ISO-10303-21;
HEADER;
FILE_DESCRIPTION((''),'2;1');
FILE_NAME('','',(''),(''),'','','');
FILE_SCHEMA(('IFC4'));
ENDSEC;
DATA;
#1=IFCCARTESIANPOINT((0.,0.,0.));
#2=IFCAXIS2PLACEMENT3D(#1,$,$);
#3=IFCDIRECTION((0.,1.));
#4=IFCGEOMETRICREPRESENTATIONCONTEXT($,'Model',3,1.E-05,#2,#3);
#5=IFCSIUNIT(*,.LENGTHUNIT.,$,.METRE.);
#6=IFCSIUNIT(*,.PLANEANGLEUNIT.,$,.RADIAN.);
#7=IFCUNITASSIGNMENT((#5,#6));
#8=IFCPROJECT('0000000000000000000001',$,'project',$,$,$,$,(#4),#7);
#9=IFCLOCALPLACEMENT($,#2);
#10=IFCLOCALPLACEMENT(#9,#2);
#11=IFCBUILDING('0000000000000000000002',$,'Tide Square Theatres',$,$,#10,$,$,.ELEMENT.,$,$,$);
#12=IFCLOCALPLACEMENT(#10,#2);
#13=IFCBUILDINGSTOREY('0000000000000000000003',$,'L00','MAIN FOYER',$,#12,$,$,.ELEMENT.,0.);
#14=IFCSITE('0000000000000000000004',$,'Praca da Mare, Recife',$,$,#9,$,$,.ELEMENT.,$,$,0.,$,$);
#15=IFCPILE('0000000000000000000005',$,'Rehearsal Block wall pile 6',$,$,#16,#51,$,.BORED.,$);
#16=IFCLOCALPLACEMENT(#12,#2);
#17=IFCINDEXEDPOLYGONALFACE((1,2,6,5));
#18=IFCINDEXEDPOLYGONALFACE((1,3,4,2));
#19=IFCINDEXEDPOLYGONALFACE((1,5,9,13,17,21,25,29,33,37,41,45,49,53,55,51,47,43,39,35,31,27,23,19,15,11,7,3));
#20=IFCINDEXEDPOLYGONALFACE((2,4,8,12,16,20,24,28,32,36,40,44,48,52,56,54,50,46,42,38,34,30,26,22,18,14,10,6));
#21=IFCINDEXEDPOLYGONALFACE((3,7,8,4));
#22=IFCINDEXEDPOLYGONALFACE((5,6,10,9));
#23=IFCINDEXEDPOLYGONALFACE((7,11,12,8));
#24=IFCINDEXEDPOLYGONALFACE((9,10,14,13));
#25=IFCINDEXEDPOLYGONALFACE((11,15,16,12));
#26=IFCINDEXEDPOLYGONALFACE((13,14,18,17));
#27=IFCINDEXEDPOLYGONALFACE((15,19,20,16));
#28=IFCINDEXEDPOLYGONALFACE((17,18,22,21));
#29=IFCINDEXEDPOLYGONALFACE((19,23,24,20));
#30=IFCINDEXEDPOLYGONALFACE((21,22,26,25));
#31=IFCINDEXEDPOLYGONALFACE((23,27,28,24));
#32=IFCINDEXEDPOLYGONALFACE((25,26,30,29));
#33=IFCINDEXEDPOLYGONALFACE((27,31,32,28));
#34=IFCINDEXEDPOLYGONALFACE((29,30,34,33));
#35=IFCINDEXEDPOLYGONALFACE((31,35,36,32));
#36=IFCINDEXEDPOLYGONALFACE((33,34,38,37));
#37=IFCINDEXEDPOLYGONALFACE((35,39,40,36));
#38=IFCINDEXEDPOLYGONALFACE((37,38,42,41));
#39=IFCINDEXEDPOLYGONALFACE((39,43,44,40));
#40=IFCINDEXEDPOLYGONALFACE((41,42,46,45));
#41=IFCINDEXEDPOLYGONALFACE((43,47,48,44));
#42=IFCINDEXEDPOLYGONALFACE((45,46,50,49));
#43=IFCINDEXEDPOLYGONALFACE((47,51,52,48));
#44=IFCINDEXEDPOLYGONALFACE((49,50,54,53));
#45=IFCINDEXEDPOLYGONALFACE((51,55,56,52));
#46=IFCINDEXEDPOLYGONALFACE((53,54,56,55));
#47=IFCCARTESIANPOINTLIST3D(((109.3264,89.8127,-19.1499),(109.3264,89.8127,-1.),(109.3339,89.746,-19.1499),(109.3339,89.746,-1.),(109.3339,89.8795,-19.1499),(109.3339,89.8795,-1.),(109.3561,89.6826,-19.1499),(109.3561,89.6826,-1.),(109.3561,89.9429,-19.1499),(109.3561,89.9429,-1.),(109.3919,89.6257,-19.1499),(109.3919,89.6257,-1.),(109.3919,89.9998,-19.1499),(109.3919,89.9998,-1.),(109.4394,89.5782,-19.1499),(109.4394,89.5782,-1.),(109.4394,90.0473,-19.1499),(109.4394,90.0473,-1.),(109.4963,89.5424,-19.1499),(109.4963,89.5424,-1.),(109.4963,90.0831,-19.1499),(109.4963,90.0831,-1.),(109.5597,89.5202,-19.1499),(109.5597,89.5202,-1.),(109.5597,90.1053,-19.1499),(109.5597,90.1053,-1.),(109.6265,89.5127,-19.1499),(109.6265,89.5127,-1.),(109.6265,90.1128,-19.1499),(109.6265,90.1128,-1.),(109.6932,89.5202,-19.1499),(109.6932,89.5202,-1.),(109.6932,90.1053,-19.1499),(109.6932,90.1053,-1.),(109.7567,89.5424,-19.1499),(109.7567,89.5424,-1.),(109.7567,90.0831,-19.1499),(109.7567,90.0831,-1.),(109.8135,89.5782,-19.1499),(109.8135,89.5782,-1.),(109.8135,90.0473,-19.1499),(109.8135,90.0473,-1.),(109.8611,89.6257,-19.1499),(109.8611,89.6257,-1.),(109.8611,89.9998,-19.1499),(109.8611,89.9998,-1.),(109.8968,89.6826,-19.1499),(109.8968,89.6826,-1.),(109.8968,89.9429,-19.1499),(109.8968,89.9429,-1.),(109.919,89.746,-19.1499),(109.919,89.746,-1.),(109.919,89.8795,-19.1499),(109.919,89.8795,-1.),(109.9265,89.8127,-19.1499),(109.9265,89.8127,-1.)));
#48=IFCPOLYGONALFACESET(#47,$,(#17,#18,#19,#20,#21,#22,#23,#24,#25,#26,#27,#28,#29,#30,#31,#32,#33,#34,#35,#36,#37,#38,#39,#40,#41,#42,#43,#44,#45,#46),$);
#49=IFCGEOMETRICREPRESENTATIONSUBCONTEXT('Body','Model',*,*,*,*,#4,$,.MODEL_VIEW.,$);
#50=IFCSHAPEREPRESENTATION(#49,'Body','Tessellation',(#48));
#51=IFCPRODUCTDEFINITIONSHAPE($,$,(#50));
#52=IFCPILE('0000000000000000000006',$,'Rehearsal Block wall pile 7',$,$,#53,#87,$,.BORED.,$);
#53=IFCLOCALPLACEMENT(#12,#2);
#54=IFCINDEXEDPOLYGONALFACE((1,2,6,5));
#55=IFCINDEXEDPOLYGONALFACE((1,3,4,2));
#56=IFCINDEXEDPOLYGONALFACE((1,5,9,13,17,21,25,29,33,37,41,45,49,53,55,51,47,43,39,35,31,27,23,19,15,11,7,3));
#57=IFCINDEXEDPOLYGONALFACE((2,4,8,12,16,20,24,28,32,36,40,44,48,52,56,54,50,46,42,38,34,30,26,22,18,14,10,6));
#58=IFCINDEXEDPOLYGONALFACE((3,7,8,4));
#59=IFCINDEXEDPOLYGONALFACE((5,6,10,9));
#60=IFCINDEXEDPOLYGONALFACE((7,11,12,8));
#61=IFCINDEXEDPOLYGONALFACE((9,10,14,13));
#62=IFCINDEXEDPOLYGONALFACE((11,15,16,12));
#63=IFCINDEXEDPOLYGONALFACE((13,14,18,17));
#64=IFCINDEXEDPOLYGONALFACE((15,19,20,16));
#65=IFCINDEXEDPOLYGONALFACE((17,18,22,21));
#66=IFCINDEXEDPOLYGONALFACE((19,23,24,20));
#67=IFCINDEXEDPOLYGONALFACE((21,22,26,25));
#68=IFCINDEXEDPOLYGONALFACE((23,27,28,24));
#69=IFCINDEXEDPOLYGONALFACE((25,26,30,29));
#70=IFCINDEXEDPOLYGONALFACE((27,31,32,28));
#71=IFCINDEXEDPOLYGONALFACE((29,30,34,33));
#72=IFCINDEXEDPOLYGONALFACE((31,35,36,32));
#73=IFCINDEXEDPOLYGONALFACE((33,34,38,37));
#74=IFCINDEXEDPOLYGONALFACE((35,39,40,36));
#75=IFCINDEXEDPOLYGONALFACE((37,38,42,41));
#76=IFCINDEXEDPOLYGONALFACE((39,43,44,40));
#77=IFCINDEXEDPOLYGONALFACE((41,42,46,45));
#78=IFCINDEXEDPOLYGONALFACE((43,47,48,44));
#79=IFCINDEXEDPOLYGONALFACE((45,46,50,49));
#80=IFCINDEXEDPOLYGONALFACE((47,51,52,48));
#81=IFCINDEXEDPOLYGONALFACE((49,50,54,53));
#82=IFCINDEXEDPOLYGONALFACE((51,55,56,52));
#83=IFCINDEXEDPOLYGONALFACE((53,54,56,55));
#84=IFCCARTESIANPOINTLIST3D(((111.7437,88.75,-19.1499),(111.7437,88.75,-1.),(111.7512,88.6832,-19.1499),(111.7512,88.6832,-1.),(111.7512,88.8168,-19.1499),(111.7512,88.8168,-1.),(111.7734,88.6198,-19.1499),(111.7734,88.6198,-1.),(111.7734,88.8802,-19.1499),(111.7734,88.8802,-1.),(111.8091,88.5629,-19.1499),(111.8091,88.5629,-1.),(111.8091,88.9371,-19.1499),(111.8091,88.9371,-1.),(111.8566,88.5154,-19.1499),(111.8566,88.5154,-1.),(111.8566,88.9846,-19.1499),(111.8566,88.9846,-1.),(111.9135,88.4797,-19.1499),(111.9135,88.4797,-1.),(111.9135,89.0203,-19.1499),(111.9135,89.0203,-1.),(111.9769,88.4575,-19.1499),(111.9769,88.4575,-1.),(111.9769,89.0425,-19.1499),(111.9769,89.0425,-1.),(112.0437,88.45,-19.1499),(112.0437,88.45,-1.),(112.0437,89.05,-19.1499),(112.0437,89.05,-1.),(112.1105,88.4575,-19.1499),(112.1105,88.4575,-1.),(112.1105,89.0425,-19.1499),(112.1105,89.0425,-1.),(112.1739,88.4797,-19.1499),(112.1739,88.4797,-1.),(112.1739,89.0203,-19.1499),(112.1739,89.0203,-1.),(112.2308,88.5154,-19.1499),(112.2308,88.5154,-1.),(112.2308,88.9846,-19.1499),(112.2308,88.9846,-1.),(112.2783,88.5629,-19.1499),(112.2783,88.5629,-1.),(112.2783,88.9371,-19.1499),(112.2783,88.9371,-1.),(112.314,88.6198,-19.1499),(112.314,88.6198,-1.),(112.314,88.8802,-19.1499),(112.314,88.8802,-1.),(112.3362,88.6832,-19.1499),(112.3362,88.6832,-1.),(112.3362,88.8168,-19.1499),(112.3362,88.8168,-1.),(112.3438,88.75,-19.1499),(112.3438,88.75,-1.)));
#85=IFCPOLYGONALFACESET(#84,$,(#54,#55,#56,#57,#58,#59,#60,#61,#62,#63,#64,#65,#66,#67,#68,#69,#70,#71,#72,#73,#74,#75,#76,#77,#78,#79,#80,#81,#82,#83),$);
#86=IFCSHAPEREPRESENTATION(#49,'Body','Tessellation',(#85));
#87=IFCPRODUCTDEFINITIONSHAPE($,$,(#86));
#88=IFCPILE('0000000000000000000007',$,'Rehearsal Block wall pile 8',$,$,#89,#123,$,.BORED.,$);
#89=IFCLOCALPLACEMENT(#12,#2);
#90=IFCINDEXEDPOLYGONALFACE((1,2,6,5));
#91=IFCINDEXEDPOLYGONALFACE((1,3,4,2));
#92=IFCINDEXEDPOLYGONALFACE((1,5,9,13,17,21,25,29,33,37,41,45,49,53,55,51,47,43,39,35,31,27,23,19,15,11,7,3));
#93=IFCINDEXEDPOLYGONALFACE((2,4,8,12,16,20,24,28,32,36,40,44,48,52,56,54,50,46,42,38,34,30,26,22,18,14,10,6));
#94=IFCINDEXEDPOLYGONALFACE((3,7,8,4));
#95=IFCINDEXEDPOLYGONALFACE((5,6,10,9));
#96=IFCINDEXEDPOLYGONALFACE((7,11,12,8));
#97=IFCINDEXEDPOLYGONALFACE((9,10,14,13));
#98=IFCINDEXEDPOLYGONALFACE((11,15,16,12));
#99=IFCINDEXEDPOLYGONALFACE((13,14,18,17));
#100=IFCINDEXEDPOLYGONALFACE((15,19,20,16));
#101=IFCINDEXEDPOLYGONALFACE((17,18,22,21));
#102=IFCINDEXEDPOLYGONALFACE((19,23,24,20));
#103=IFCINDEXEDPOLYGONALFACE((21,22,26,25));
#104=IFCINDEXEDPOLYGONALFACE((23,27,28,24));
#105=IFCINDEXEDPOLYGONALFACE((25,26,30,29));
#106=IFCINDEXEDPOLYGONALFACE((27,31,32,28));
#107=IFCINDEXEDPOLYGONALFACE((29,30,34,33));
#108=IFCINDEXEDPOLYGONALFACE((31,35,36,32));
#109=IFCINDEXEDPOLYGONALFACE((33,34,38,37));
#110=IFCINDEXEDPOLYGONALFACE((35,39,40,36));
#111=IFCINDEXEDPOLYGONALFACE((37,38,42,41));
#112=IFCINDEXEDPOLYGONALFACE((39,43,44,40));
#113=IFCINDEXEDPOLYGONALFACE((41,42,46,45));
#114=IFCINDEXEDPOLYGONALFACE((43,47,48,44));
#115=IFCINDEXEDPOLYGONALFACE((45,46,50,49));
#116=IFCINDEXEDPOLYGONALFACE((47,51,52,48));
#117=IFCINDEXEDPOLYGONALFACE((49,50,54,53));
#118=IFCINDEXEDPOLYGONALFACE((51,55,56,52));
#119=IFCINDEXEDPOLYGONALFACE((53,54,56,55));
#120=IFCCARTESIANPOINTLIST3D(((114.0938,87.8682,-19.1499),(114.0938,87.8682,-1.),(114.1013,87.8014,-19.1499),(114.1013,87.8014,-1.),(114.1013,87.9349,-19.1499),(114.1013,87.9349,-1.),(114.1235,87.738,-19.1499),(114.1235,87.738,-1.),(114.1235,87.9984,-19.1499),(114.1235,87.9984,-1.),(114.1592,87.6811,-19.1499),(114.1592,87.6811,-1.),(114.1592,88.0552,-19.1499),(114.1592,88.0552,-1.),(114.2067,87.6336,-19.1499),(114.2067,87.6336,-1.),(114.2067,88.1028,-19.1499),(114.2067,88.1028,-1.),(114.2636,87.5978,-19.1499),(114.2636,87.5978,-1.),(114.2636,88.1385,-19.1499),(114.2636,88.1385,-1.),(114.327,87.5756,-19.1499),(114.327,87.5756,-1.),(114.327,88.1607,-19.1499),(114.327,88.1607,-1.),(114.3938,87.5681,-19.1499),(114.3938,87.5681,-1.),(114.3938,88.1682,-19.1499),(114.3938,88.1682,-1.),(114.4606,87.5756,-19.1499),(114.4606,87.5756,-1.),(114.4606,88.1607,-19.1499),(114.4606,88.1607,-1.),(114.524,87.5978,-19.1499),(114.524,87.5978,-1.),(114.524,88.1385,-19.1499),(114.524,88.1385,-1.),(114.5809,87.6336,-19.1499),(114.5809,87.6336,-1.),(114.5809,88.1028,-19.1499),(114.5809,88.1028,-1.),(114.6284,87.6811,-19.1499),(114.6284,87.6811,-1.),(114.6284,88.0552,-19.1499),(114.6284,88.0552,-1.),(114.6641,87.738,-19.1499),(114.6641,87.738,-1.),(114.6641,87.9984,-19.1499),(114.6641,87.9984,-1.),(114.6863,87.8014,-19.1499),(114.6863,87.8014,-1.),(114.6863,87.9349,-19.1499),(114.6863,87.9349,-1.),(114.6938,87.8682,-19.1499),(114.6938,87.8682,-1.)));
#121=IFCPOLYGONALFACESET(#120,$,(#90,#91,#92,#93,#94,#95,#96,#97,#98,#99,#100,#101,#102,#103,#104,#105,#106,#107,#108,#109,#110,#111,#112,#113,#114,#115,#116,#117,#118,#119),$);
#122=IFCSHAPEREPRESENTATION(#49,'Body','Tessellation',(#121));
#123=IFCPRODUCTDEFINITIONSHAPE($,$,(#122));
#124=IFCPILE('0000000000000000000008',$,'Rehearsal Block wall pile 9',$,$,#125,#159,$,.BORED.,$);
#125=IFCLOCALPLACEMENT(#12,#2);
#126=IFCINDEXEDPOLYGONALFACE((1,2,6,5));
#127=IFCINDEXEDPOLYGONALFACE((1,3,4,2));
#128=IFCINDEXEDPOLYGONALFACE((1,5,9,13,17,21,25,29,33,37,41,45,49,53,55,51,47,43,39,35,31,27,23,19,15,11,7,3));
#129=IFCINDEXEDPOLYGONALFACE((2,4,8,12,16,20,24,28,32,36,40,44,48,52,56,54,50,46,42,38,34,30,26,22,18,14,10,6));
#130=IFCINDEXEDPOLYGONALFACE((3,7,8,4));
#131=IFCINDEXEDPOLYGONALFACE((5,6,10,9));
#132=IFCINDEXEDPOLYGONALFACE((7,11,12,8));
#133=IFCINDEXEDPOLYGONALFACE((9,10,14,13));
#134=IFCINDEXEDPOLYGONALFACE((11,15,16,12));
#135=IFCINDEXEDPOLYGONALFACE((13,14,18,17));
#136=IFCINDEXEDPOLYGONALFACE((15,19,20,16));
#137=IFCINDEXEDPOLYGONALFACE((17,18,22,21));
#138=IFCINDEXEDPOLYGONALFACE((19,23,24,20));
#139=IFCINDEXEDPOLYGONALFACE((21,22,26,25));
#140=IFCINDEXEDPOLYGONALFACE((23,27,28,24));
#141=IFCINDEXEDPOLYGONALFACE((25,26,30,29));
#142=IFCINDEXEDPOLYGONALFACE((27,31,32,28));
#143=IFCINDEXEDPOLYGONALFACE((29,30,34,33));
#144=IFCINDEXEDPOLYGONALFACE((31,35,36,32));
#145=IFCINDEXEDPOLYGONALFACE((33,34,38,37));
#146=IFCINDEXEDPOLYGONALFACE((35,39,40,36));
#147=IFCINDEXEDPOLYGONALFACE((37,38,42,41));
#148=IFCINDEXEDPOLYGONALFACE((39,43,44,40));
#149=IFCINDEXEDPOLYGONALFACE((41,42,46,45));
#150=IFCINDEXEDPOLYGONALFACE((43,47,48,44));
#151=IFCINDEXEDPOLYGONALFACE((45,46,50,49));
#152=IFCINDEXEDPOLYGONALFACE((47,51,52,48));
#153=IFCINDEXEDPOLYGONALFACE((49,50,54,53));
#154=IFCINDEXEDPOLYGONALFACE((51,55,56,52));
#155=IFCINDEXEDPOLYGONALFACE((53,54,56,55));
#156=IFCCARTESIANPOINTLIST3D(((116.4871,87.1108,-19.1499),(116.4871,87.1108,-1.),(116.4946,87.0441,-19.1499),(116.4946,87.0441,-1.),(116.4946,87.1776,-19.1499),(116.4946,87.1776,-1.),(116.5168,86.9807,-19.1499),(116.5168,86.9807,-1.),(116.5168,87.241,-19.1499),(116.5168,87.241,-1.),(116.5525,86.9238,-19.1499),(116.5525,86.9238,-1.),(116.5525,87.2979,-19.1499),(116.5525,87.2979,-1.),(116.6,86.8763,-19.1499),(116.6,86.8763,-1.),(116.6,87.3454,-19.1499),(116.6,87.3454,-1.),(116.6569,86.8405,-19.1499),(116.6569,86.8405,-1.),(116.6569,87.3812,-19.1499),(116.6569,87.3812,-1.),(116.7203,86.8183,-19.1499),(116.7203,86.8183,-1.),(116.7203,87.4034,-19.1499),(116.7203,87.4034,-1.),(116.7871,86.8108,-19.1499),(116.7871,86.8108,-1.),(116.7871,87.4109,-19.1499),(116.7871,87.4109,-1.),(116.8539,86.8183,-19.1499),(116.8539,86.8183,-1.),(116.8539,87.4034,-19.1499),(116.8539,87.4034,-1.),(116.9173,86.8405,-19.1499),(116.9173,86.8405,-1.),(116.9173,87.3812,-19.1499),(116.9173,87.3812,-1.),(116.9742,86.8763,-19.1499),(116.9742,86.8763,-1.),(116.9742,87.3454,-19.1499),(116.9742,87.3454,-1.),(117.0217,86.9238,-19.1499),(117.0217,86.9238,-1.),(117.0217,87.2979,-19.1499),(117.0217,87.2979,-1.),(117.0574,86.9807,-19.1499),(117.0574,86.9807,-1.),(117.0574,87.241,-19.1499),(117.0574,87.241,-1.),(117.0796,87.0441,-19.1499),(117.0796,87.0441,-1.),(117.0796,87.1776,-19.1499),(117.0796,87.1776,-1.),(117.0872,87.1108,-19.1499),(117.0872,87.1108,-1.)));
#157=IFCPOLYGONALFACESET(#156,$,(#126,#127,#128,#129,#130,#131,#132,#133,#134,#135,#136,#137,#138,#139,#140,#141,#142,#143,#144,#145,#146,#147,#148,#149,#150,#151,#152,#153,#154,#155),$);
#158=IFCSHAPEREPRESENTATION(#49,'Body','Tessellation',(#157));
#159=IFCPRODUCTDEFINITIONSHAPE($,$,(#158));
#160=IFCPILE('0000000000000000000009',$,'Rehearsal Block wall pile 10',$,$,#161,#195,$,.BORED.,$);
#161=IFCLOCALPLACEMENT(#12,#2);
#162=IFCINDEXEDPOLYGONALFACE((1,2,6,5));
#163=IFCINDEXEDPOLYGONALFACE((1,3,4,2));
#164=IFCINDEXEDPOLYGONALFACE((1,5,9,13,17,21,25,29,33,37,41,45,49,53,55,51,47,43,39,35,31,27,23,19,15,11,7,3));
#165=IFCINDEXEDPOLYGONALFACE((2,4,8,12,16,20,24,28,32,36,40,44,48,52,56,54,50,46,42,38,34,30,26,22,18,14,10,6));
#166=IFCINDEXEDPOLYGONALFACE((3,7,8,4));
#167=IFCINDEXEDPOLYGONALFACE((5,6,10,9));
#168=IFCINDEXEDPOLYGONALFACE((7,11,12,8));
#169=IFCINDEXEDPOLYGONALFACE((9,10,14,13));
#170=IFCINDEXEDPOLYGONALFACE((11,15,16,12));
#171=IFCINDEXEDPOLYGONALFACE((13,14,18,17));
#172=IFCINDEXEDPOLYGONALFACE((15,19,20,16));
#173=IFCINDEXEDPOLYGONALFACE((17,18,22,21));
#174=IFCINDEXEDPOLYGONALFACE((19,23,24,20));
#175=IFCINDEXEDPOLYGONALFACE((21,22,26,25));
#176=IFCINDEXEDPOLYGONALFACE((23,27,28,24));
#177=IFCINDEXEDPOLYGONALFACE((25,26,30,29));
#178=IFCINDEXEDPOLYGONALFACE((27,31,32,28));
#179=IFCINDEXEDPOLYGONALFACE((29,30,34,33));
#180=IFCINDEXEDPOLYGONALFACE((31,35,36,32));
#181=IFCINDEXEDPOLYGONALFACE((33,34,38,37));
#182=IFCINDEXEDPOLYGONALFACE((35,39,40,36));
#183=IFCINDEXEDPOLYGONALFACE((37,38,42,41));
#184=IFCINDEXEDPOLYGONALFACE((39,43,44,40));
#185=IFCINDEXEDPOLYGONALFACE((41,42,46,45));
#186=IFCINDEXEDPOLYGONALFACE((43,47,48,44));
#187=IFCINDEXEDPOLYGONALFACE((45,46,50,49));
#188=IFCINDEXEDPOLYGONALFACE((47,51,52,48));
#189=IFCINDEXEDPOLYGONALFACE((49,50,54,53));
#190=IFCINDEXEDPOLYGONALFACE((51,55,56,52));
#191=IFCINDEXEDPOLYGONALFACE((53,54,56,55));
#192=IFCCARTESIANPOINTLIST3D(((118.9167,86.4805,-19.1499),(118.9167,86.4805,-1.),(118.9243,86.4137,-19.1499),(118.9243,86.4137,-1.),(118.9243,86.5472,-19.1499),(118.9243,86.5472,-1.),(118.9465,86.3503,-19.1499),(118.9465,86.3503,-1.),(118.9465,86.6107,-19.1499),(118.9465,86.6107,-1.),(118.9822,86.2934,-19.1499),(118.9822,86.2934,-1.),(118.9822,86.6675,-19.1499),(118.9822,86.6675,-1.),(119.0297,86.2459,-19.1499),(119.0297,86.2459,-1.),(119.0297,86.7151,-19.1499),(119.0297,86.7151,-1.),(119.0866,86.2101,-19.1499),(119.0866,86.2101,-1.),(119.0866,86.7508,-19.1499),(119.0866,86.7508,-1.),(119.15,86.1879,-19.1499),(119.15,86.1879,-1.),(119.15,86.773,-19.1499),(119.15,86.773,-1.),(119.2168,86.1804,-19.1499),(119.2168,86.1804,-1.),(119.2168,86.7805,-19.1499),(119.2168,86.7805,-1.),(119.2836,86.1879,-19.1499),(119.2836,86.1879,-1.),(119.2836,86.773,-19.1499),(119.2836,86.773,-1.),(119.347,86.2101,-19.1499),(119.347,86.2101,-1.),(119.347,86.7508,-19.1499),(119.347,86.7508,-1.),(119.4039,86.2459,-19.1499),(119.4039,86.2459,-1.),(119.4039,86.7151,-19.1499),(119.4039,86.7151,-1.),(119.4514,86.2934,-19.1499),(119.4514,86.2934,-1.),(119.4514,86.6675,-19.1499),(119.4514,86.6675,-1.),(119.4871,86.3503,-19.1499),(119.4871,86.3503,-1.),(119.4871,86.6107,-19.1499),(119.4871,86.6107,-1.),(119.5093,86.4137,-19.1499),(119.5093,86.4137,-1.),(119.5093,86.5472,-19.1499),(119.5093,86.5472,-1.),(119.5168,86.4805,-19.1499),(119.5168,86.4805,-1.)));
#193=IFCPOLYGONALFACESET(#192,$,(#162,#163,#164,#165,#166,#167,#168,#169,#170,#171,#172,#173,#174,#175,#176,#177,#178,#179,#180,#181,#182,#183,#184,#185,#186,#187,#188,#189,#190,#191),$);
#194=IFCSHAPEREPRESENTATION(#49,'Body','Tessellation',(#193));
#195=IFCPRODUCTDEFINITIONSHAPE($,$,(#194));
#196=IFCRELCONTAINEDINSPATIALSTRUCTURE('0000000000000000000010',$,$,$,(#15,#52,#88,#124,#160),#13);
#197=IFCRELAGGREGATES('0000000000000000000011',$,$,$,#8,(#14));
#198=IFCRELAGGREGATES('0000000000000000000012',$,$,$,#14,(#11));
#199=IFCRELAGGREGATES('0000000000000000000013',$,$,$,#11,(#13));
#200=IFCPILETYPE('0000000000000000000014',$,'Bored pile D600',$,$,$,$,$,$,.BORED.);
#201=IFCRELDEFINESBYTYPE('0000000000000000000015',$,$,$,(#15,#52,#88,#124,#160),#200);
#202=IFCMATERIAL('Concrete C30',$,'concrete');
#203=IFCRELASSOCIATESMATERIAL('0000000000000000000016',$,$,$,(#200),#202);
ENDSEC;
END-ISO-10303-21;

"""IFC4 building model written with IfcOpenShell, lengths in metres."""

from ifc_helpers import new_model, si_unit, direction, frame, origin, origin_2d, place, context, subcontext, project, spatial, circle, extrude, material, material_profile, profile_set, type_object, element, save


model = new_model("IFC4")

# Units and contexts
model_context = context("Model", 3, precision=1e-05, world=origin(), true_north=direction((0.0, 1.0)))
body_context = subcontext(model_context, "Body", "Model", "MODEL_VIEW")
ifc_project = project(units=[si_unit("LENGTHUNIT", "METRE"), si_unit("PLANEANGLEUNIT", "RADIAN")], contexts=[model_context])

# Site, building, storey
site_placement = place(None, origin())
site = spatial("IfcSite", under=ifc_project, at=site_placement, Name="Praca da Mare, Recife", CompositionType="ELEMENT", RefElevation=0.0)
building_placement = place(site_placement, origin())
building = spatial("IfcBuilding", under=site, at=building_placement, Name="Tide Square Theatres", CompositionType="ELEMENT")
storey_placement = place(building_placement, origin())
storey = spatial("IfcBuildingStorey", under=building, at=storey_placement, Name="L00", Description="MAIN FOYER", CompositionType="ELEMENT", Elevation=0.0)

# Piles
ifc_material_1 = material(Name="Concrete C30", Category="concrete")
ifc_material_profile_1 = material_profile(ifc_material_1, circle(Radius=0.3, at=origin_2d()))
ifc_profile_set_1 = profile_set([ifc_material_profile_1], Name="Concrete C30")
pile_type = type_object("IfcPileType", Name="Bored pile D600", PredefinedType="BORED", material=ifc_profile_set_1)
for number, where, z_axis, x_axis, name in (
    (1, (109.6265, 89.8127, -1.0), (0.0, 0.0, -1.0), (1.0, 0.0, 0.0), "Rehearsal Block wall pile 6"),
    (2, (112.0437, 88.75, -1.0), (0.0, 0.0, -1.0), (1.0, 0.0, 0.0), "Rehearsal Block wall pile 7"),
    (3, (114.3938, 87.8682, -1.0), (0.0, 0.0, -1.0), (1.0, 0.0, 0.0), "Rehearsal Block wall pile 8"),
    (4, (116.7871, 87.1108, -1.0), (0.0, 0.0, -1.0), (1.0, 0.0, 0.0), "Rehearsal Block wall pile 9"),
    (5, (119.2168, 86.4805, -1.0), (0.0, 0.0, -1.0), (1.0, 0.0, 0.0), "Rehearsal Block wall pile 10"),
):
    element("IfcPile", number, at=place(storey_placement, frame(where, z_axis=z_axis, x_axis=x_axis)), inside=storey, type_object=pile_type, Name=name, PredefinedType="BORED", context=body_context, shape_type="SweptSolid", body=[
        extrude(circle(Radius=0.3, at=origin_2d()), origin(), (0.0, 0.0, 1.0), 18.1499),
    ])

save(model, "model.ifc")
